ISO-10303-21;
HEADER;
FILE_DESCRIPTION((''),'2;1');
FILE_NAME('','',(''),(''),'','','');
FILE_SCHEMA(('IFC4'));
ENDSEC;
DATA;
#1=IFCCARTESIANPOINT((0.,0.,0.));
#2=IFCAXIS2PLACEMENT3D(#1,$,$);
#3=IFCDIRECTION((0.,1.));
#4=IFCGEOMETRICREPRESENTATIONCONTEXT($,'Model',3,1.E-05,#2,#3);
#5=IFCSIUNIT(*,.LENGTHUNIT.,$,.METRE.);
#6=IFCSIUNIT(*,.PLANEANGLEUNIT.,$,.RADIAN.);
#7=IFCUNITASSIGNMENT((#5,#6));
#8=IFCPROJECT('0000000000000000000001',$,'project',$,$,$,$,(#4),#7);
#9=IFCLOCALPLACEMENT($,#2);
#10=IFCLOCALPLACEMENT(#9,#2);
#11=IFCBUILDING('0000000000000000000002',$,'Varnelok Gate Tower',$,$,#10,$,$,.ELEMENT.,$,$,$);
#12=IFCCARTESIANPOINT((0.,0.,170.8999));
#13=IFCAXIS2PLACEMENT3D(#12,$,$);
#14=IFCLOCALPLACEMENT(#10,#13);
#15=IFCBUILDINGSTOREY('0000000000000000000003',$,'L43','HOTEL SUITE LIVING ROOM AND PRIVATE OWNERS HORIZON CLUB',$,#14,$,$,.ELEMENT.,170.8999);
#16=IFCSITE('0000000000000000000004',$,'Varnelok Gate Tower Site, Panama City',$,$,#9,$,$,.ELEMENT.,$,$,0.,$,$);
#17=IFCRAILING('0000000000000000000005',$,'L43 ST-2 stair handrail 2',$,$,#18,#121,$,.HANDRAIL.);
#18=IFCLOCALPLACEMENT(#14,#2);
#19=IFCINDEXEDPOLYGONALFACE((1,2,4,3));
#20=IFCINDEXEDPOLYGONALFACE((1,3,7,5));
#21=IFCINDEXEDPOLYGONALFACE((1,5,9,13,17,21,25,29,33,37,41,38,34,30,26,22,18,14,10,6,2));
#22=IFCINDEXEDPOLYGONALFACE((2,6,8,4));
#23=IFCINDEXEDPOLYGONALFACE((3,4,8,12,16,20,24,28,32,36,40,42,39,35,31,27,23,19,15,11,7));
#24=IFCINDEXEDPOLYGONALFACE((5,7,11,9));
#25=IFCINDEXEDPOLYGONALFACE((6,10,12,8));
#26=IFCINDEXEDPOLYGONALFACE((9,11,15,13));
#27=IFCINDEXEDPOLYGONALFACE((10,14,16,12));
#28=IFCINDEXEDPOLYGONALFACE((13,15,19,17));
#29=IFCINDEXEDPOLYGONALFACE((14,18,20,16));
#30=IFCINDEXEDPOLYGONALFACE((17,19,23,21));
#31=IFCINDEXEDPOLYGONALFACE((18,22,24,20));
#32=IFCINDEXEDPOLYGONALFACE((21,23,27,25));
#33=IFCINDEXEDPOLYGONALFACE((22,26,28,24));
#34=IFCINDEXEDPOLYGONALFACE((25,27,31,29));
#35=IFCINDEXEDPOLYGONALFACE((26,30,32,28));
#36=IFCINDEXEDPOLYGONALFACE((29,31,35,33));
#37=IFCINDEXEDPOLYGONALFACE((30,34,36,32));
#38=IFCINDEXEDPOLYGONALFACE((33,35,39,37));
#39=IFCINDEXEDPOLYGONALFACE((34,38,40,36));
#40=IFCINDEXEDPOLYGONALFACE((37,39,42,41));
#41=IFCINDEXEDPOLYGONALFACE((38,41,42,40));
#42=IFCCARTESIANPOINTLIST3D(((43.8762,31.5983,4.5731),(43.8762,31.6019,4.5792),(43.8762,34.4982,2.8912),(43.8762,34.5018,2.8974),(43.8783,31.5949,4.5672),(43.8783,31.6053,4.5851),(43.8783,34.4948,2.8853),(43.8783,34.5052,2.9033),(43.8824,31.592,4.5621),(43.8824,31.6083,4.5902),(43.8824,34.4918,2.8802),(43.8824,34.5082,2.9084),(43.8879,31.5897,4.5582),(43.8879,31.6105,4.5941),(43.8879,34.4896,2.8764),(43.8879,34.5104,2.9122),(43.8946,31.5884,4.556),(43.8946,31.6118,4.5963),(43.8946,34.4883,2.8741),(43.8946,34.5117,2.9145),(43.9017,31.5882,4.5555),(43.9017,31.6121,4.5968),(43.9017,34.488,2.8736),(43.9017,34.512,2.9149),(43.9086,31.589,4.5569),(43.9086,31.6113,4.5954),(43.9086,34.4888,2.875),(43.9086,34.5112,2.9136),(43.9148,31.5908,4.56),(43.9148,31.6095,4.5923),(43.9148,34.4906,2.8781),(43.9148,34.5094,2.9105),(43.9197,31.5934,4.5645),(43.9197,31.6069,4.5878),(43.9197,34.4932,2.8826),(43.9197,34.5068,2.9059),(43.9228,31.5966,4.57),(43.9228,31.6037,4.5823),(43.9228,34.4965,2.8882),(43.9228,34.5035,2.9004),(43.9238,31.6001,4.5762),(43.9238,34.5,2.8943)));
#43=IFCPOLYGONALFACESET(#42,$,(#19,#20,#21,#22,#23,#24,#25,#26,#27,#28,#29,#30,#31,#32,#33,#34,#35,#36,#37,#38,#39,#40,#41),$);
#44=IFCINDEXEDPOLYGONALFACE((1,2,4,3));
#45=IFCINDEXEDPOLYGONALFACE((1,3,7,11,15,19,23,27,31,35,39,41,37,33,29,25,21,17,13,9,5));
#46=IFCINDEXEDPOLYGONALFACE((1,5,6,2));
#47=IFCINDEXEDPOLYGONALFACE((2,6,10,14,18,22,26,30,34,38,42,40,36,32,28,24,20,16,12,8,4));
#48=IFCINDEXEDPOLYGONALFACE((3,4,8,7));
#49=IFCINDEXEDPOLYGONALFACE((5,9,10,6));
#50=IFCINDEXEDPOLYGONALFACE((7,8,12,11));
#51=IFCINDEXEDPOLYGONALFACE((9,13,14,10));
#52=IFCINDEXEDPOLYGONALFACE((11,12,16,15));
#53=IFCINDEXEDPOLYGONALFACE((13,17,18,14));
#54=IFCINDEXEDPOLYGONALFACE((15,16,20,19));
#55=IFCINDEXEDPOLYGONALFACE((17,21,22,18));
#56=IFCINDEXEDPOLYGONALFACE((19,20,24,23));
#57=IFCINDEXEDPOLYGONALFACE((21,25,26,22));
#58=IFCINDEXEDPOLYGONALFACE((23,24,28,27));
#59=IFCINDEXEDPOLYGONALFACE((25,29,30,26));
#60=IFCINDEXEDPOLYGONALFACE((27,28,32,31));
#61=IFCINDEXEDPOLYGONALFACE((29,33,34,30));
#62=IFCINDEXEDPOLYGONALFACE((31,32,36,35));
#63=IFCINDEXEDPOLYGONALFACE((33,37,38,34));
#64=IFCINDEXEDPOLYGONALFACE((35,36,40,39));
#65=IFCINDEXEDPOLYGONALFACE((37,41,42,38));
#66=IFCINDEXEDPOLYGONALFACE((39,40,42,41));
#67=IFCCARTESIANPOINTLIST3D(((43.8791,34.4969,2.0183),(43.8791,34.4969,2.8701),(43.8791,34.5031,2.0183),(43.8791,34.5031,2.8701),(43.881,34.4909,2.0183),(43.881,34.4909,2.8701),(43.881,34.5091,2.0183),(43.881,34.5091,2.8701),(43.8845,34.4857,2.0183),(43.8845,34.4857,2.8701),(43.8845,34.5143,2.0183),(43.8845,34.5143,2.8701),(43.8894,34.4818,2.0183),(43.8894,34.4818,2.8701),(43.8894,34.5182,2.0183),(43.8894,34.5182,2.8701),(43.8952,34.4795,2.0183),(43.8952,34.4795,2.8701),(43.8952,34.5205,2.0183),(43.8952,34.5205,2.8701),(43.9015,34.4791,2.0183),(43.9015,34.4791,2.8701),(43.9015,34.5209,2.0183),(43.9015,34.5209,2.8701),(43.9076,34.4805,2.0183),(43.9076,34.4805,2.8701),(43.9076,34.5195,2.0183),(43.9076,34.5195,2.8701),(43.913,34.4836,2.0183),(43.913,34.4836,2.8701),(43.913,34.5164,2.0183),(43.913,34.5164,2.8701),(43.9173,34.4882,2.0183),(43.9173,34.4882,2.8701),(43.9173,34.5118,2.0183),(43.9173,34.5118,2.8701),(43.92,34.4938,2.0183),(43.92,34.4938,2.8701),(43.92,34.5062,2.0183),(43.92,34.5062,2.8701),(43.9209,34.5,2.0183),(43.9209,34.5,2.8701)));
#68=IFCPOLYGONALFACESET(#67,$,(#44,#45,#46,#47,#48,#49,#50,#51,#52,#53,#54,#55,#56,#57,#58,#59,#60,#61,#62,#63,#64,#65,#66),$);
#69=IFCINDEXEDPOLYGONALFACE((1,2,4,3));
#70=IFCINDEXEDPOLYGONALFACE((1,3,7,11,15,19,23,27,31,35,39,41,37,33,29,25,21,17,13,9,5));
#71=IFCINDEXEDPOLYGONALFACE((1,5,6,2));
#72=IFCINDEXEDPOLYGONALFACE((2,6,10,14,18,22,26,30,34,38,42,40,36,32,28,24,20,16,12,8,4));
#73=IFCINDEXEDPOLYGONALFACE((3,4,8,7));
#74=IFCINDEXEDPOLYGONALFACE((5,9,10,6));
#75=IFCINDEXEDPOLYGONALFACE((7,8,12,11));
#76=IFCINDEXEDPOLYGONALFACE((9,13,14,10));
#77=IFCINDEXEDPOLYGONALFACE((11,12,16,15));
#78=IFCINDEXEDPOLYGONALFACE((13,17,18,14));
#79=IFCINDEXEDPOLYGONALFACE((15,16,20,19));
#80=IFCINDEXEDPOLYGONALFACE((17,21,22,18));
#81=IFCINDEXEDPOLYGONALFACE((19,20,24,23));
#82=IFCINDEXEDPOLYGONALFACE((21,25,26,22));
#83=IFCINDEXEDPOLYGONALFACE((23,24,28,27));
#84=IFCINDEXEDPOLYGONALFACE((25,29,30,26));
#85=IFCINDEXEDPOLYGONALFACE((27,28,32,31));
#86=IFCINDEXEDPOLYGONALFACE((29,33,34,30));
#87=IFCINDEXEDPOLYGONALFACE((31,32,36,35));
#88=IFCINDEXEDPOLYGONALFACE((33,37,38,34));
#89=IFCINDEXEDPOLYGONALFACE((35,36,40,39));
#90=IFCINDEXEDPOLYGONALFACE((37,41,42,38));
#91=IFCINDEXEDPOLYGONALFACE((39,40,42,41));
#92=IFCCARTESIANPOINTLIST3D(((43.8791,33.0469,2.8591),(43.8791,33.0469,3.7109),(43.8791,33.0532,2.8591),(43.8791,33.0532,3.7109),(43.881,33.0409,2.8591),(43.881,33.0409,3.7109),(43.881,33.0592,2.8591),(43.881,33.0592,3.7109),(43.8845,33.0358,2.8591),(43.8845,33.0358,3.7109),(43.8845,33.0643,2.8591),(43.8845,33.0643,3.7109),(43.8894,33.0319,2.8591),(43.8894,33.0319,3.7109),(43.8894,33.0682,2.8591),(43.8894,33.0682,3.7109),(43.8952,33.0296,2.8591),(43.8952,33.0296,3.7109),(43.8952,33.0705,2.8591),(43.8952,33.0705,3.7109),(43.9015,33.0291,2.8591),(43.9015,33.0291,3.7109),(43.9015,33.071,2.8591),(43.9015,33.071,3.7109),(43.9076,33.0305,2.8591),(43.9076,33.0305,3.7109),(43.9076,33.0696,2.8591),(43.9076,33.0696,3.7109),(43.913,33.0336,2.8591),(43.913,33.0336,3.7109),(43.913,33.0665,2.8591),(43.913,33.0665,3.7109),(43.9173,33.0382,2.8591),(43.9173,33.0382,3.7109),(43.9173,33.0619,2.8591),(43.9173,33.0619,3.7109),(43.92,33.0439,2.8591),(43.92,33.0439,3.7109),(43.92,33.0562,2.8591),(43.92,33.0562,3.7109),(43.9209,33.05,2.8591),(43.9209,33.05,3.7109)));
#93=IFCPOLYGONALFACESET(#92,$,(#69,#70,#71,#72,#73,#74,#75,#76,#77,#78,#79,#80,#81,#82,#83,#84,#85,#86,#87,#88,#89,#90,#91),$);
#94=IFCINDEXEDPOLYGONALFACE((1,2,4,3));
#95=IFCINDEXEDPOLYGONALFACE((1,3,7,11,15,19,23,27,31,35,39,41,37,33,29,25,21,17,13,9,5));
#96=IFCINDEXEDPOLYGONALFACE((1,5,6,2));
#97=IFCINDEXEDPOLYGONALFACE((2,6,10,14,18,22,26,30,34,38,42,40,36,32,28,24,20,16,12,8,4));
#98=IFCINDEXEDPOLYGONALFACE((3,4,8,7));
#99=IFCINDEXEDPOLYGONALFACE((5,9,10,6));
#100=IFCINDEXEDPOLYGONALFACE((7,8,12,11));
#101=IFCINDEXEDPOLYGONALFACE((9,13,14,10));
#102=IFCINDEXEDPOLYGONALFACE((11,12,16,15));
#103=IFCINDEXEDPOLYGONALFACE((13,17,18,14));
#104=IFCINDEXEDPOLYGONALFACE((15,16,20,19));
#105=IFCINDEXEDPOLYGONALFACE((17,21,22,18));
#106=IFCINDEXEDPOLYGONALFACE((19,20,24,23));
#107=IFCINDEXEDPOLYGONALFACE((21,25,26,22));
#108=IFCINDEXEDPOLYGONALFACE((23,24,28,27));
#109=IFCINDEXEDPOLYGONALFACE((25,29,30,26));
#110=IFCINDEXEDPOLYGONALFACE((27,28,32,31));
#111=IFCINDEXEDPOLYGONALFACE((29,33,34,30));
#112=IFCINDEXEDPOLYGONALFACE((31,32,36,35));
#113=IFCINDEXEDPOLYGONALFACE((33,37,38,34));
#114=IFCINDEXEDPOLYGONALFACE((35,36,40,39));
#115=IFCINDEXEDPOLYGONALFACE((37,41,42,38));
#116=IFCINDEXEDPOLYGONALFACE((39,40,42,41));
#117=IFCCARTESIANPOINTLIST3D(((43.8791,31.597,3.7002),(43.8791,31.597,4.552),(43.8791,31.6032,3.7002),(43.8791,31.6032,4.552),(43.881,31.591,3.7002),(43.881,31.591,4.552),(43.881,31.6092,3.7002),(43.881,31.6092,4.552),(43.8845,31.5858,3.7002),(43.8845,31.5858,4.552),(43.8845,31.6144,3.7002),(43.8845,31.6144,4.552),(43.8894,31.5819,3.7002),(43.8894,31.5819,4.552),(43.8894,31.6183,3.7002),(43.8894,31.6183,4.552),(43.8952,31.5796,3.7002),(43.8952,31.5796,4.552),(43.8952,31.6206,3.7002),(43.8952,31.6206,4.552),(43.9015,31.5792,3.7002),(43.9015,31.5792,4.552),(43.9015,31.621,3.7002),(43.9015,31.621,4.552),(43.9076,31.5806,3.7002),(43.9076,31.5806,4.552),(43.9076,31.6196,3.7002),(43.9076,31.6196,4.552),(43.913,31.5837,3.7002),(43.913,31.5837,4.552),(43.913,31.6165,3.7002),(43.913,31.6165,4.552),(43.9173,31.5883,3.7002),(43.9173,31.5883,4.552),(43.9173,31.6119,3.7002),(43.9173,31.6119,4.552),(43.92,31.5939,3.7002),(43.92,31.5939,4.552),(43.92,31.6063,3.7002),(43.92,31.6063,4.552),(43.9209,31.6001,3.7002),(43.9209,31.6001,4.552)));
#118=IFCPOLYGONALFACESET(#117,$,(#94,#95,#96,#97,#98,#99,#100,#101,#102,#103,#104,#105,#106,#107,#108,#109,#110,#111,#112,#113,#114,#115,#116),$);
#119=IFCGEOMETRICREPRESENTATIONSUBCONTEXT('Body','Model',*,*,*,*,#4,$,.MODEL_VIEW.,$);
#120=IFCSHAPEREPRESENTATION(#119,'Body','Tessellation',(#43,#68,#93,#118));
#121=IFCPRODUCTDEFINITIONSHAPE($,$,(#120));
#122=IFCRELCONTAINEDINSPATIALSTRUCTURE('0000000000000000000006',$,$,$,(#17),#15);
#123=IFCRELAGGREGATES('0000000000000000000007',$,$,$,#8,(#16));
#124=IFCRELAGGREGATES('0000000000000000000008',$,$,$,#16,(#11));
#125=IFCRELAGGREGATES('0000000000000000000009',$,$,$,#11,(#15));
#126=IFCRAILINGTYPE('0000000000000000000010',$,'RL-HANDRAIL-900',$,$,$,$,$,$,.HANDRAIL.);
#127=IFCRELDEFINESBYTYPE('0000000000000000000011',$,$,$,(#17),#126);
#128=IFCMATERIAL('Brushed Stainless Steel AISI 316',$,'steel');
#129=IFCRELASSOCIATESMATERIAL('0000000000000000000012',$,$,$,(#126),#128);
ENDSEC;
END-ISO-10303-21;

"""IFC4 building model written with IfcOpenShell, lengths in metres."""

from ifc_helpers import new_model, si_unit, direction, frame, origin, origin_2d, place, context, subcontext, project, spatial, circle, extrude, material, type_object, element, save


model = new_model("IFC4")

# Units and contexts
model_context = context("Model", 3, precision=1e-05, world=origin(), true_north=direction((0.0, 1.0)))
body_context = subcontext(model_context, "Body", "Model", "MODEL_VIEW")
ifc_project = project(units=[si_unit("LENGTHUNIT", "METRE"), si_unit("PLANEANGLEUNIT", "RADIAN")], contexts=[model_context])

# Site, building, storey
site_placement = place(None, origin())
site = spatial("IfcSite", under=ifc_project, at=site_placement, Name="Varnelok Gate Tower Site, Panama City", CompositionType="ELEMENT", RefElevation=0.0)
building_placement = place(site_placement, origin())
building = spatial("IfcBuilding", under=site, at=building_placement, Name="Varnelok Gate Tower", CompositionType="ELEMENT")
storey_placement = place(building_placement, frame((0.0, 0.0, 170.8999)))
storey = spatial("IfcBuildingStorey", under=building, at=storey_placement, Name="L43", Description="HOTEL SUITE LIVING ROOM AND PRIVATE OWNERS HORIZON CLUB", CompositionType="ELEMENT", Elevation=170.8999)

# Railing
ifc_material_1 = material(Name="Brushed Stainless Steel AISI 316", Category="steel")
railing_type_1 = type_object("IfcRailingType", Name="RL-HANDRAIL-900", PredefinedType="HANDRAIL", material=ifc_material_1)
railing_1_placement = place(storey_placement, frame((43.8999, 34.5, 2.0183)))
element("IfcRailing", 1, at=railing_1_placement, inside=storey, type_object=railing_type_1, Name="L43 ST-2 stair handrail 2", PredefinedType="HANDRAIL", context=body_context, shape_type="SweptSolid", body=[
    extrude(circle(Radius=0.0239, at=origin_2d()), frame((0.0, 0.0, 0.876), z_axis=(0.0, -0.865039, 0.501705), x_axis=(1.0, 0.0, 0.0)), (0.0, 0.0, 1.0), 3.3523),
    extrude(circle(Radius=0.021, at=origin_2d()), origin(), (0.0, 0.0, 1.0), 0.8518),
    extrude(circle(Radius=0.021, at=origin_2d()), frame((0.0, -1.45, 0.8408)), (0.0, 0.0, 1.0), 0.8518),
    extrude(circle(Radius=0.021, at=origin_2d()), frame((0.0, -2.8999, 1.6819)), (0.0, 0.0, 1.0), 0.8518),
])

save(model, "model.ifc")
